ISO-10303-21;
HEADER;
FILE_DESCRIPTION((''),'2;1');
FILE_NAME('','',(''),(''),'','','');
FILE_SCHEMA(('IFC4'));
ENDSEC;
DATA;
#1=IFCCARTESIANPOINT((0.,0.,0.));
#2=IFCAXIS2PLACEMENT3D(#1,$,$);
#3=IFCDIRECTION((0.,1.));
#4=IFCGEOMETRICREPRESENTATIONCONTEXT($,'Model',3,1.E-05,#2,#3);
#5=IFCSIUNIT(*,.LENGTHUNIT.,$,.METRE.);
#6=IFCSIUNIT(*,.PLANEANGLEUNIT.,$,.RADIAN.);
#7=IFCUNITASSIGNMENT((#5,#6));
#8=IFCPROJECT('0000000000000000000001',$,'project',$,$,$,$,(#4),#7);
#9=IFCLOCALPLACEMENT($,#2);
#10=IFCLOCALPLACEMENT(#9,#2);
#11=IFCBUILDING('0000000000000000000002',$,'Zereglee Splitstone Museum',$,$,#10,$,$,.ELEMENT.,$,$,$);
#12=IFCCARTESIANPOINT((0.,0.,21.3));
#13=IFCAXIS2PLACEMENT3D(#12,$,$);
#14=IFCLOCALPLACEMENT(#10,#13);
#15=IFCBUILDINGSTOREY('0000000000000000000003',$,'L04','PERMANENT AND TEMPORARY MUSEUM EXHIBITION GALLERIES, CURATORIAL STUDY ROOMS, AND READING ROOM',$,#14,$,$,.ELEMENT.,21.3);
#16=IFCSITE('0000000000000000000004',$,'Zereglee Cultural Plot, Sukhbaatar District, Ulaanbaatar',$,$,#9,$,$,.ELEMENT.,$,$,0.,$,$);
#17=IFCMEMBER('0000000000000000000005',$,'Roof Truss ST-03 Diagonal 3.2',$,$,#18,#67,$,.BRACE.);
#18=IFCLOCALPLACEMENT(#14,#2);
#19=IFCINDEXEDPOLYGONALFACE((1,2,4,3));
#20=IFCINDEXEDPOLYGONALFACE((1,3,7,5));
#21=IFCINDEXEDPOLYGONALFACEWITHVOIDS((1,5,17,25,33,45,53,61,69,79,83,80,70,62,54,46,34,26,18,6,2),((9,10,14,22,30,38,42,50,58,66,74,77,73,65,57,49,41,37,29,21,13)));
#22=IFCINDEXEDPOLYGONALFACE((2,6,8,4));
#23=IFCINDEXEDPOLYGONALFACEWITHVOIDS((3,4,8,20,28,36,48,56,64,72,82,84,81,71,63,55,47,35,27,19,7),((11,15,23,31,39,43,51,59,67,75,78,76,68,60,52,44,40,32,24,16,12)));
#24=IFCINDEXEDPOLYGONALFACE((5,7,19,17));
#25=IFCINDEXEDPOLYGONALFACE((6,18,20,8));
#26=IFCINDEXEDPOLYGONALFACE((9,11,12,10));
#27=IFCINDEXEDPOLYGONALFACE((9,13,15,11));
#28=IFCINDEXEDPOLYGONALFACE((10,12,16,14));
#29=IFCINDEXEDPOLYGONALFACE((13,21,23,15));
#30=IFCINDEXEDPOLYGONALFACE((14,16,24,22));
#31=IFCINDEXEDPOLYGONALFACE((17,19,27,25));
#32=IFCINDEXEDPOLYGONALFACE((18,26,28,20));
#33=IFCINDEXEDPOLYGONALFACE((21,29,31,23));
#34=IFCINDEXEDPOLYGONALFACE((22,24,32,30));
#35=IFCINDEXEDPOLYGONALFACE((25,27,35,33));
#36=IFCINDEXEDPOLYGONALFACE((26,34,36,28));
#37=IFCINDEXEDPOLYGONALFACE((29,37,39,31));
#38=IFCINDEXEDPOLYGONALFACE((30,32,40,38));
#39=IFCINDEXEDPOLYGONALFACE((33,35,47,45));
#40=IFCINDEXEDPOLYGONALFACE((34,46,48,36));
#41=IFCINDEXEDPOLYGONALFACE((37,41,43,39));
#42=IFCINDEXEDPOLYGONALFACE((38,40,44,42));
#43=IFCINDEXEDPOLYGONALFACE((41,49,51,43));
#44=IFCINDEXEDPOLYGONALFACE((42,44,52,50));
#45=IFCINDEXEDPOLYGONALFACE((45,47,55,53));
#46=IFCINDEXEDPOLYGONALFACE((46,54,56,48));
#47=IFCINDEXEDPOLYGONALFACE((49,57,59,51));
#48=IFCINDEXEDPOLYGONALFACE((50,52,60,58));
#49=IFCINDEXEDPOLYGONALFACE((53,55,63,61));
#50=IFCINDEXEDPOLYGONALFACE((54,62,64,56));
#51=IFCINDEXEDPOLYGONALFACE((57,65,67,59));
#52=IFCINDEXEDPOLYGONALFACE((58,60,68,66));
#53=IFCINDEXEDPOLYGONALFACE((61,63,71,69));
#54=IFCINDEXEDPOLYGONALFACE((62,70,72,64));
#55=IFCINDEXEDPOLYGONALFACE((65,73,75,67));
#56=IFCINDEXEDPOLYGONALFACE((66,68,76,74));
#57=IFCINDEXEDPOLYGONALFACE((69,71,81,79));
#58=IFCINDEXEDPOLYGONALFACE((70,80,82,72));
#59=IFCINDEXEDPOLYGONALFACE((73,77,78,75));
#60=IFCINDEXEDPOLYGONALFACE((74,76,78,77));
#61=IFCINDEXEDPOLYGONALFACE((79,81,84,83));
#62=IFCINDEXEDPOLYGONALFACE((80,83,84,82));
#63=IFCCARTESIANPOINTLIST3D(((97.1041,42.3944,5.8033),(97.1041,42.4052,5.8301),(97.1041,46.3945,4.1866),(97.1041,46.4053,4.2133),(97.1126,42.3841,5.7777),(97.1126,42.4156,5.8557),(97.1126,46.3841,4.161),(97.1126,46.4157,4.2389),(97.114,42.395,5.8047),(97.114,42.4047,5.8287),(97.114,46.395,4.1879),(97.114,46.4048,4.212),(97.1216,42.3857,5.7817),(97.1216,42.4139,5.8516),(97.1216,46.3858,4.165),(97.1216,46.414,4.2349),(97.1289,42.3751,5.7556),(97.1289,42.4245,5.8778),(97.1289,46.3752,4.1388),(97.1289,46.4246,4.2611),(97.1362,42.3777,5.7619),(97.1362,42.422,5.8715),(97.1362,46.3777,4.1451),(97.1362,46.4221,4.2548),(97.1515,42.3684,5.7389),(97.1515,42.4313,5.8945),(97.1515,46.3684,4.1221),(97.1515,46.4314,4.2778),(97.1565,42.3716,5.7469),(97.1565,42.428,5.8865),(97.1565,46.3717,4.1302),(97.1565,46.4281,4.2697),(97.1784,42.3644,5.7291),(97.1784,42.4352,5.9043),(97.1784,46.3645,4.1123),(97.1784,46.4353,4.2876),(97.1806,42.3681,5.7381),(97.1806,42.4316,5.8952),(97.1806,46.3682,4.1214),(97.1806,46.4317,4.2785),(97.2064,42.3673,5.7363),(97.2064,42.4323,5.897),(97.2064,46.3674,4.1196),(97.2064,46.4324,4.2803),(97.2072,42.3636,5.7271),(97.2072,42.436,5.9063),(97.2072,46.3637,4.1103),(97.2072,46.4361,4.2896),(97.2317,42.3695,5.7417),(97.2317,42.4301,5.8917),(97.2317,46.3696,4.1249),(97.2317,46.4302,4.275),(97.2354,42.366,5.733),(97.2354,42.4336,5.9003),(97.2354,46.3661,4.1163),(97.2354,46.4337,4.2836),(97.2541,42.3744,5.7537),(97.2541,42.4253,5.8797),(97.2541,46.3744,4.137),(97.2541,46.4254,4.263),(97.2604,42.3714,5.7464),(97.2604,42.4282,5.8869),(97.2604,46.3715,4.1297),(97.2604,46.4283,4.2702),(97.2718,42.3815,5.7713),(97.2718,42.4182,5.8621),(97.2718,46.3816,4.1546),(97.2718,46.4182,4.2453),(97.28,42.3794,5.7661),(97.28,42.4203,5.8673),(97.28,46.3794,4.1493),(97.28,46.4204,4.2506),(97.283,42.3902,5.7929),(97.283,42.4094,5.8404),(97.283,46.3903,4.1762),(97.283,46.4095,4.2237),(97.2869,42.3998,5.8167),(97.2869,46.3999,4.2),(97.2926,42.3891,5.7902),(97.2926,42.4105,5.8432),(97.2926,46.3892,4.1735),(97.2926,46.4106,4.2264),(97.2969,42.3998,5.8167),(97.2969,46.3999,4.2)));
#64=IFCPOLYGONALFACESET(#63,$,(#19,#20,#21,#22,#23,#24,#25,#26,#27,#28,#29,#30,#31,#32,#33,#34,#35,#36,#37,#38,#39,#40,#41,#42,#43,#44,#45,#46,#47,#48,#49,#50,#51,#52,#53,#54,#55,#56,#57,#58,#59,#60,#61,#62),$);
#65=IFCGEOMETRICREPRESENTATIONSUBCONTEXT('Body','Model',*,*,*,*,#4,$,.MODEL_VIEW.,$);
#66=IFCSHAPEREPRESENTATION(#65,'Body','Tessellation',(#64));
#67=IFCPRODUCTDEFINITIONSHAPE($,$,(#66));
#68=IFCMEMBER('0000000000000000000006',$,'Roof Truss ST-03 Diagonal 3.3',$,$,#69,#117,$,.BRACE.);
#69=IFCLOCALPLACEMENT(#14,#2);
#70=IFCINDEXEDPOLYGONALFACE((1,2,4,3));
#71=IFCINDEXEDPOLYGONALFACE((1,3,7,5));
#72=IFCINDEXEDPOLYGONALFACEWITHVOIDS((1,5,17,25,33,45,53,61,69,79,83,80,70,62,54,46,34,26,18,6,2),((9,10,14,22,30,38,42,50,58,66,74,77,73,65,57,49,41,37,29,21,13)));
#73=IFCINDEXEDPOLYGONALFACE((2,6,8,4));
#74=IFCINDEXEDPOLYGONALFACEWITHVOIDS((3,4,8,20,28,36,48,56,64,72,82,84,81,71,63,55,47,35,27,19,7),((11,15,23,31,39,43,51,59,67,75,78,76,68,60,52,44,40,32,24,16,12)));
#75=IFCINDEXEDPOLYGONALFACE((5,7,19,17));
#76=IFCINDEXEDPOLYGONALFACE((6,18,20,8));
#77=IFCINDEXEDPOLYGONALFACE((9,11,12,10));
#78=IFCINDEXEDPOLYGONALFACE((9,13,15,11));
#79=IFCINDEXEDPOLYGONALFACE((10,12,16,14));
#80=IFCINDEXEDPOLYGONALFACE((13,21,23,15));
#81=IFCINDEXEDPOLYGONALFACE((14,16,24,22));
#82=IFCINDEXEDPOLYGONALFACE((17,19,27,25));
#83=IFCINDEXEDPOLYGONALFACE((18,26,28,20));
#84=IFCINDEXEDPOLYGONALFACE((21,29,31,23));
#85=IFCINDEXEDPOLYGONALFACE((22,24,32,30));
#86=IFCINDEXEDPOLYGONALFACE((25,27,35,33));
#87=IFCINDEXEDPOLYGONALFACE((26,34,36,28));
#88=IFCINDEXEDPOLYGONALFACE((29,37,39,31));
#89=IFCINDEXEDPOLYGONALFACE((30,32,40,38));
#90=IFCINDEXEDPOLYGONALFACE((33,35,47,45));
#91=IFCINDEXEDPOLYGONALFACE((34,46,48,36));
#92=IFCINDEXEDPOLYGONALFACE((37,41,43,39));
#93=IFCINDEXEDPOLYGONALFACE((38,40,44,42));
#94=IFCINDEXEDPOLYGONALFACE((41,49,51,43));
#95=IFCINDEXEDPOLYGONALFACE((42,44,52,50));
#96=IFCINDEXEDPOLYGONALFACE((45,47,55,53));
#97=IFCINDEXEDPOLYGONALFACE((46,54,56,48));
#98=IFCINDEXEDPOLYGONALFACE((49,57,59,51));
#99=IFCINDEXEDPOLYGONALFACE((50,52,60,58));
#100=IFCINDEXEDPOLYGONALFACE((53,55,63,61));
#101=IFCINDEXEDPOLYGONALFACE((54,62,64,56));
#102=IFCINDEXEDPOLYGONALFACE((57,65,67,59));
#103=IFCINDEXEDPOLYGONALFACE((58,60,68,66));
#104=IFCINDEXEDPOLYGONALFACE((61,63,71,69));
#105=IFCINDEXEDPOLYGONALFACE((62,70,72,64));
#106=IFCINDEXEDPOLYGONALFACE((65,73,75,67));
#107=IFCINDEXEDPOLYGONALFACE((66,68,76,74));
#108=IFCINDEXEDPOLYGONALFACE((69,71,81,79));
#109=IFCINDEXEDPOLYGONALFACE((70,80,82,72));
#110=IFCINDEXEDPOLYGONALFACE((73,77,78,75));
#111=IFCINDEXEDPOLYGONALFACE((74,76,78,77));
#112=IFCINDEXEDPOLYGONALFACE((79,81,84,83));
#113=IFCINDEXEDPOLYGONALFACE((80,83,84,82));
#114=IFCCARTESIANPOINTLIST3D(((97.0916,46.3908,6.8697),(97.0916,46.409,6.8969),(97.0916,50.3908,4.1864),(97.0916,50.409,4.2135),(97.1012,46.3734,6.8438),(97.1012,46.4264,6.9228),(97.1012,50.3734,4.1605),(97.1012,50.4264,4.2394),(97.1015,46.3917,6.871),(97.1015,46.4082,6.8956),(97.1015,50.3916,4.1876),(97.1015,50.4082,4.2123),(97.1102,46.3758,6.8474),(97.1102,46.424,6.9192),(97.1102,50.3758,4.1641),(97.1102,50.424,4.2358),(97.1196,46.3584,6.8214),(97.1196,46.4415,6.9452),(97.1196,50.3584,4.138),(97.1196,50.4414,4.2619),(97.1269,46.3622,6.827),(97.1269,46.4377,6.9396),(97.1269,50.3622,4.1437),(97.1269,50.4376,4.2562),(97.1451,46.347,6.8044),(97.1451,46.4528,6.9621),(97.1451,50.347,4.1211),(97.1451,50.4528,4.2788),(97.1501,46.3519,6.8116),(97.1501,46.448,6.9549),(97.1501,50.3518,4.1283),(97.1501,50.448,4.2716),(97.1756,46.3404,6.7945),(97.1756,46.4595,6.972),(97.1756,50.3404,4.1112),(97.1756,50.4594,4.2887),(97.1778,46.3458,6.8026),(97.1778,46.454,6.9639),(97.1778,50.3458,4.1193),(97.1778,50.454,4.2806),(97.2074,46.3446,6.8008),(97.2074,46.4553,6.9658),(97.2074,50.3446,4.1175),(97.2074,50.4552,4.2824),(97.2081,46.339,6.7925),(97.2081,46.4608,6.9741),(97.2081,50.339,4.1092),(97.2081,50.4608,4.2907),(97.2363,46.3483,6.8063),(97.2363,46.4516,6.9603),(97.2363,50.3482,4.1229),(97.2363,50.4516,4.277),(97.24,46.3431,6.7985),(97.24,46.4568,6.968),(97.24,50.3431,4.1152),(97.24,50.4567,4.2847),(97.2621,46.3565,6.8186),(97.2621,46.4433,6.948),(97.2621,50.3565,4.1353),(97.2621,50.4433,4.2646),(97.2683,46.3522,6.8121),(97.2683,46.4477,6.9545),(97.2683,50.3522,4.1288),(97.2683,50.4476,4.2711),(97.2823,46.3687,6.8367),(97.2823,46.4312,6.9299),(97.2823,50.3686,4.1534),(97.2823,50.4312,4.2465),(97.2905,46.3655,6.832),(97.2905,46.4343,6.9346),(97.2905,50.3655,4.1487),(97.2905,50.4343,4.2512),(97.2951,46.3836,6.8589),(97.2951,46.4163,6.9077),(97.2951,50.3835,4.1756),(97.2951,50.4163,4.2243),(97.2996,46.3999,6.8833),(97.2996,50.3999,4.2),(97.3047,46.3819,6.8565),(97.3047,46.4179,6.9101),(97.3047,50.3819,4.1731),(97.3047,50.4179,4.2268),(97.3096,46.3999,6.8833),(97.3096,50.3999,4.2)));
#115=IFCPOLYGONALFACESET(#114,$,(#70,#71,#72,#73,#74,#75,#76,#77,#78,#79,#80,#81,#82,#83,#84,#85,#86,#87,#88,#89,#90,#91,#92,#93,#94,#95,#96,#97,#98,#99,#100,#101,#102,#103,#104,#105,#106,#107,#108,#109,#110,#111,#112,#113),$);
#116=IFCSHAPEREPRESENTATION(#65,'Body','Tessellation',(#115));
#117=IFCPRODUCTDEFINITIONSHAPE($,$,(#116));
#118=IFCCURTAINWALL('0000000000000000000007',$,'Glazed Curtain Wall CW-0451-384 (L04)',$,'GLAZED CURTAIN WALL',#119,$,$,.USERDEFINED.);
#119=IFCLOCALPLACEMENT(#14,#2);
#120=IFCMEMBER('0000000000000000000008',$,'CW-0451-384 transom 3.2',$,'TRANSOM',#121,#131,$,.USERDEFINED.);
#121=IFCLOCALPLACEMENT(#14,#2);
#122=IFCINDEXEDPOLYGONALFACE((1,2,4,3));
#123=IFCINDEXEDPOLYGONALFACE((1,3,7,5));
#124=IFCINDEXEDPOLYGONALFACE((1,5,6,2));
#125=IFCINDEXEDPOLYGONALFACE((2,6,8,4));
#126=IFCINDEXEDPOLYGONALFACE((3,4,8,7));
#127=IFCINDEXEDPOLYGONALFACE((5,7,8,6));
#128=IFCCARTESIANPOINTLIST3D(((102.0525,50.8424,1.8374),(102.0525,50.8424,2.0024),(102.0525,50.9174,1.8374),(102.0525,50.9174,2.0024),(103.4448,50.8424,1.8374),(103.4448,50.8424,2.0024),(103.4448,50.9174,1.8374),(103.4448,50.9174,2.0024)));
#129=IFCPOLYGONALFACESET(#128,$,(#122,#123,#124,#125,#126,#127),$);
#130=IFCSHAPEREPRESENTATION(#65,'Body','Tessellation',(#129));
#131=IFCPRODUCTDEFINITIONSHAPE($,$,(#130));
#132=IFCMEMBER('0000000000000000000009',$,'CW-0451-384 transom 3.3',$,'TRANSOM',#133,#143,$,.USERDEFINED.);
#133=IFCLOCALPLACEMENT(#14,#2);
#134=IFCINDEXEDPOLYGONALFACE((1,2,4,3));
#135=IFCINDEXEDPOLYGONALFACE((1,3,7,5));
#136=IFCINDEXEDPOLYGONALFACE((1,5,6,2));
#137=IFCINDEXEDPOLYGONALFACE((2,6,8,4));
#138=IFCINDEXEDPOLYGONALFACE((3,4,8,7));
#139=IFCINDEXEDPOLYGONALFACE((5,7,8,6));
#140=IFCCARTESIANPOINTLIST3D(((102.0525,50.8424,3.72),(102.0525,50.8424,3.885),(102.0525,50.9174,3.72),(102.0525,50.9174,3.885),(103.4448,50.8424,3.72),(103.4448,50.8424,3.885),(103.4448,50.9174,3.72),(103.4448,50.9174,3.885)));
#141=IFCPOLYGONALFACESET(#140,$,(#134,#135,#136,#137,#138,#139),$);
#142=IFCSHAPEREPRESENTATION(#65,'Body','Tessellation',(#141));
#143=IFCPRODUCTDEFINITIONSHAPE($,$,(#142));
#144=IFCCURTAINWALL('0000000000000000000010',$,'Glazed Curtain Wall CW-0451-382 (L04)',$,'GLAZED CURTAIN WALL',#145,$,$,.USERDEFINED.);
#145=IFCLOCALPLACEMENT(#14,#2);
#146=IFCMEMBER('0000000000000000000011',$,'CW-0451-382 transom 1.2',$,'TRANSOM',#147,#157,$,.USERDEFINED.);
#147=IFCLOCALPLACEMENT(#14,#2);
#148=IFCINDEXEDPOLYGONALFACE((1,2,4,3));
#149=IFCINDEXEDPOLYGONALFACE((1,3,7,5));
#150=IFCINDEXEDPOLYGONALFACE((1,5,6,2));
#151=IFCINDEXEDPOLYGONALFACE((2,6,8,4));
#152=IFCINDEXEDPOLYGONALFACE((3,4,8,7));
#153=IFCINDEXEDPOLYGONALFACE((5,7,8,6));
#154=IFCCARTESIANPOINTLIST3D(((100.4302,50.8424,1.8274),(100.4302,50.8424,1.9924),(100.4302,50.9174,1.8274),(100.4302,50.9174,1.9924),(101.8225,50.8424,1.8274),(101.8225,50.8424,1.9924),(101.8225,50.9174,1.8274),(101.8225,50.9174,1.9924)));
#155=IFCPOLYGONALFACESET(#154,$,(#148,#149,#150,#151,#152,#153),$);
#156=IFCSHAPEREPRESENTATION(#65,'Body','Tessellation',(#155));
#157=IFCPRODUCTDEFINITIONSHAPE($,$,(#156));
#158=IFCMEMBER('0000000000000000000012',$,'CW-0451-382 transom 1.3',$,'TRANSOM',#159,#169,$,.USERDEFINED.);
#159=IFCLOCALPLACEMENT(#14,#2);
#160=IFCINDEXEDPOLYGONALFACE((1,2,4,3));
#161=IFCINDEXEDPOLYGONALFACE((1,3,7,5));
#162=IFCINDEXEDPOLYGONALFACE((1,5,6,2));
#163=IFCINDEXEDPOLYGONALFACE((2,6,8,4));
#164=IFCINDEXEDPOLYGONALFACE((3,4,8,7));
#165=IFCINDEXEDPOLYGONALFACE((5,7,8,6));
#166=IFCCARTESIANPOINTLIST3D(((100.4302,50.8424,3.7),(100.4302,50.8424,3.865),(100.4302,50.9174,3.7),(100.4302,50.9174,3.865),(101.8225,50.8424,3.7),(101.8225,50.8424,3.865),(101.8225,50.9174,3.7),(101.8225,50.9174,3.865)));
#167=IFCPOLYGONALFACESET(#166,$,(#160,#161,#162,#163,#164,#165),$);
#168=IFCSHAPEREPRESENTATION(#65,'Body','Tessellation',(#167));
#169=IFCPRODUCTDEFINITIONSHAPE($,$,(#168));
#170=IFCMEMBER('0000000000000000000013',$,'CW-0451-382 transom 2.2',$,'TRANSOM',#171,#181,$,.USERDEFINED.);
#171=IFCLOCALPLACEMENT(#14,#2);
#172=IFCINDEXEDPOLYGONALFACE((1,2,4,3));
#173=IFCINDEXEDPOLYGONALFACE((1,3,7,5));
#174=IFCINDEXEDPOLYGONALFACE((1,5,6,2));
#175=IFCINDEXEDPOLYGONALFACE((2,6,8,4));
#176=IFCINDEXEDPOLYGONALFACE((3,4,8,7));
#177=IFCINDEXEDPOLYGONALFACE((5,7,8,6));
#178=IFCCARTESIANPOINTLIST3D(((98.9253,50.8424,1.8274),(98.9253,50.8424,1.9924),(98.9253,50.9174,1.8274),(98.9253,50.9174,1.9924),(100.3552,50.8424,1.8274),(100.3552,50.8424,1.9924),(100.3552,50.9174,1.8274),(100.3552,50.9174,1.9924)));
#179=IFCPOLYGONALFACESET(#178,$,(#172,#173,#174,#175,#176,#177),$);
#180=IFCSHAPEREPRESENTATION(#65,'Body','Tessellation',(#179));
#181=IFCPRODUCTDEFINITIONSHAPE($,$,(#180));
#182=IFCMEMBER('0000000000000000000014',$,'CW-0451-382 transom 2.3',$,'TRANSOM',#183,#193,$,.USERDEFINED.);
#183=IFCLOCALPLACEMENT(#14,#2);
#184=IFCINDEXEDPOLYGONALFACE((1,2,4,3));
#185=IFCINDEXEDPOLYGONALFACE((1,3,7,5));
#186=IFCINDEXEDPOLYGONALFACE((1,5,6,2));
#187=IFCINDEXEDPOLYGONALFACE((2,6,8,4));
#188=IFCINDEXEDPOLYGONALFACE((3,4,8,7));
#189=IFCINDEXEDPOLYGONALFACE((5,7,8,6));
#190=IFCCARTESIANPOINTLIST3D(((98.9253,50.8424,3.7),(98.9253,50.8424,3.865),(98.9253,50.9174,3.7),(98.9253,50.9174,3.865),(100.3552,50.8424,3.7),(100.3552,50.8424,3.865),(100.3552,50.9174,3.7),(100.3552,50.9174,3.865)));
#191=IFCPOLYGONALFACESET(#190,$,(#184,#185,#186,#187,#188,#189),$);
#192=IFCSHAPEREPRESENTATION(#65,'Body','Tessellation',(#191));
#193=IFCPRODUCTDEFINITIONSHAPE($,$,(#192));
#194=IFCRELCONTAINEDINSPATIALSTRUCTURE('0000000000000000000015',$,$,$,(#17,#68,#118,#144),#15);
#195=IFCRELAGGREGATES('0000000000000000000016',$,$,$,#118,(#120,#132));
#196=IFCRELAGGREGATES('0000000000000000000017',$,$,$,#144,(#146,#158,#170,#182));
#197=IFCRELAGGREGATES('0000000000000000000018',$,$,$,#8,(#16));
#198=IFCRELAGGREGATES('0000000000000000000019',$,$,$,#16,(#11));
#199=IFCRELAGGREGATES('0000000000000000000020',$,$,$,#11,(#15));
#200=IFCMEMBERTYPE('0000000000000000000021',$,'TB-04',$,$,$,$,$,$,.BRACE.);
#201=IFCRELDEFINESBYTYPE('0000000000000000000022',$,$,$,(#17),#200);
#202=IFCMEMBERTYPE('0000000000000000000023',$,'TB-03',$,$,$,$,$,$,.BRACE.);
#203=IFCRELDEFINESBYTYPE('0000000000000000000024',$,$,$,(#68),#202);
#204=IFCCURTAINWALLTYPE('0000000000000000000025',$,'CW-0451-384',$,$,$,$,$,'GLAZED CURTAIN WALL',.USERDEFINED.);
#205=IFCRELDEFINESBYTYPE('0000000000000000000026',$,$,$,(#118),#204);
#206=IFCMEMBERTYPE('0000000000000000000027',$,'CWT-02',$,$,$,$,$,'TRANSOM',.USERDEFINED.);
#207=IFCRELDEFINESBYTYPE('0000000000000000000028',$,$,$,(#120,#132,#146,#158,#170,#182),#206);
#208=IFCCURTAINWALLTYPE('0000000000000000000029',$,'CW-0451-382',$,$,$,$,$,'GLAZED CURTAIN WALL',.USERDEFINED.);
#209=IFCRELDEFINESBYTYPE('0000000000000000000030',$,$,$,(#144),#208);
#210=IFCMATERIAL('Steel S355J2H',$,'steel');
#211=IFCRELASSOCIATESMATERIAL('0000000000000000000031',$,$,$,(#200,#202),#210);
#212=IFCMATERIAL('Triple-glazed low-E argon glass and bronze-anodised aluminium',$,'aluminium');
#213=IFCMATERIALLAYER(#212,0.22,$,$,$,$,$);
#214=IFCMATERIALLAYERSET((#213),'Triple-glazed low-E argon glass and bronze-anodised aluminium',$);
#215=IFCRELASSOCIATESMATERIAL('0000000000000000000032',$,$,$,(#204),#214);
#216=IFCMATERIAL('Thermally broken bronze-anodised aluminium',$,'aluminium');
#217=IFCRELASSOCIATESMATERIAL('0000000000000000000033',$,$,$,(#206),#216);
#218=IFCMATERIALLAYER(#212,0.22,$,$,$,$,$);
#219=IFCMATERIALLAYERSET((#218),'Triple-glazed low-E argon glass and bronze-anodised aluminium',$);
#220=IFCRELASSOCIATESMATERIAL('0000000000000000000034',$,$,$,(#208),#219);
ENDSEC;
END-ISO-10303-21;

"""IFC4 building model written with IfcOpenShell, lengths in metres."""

from ifc_helpers import new_model, si_unit, direction, frame, origin, origin_2d, place, context, subcontext, project, spatial, rectangle, hollow_circle, extrude, material, layer, layer_set, material_profile, profile_set, type_object, element, aggregate, save


model = new_model("IFC4")

# Units and contexts
model_context = context("Model", 3, precision=1e-05, world=origin(), true_north=direction((0.0, 1.0)))
body_context = subcontext(model_context, "Body", "Model", "MODEL_VIEW")
ifc_project = project(units=[si_unit("LENGTHUNIT", "METRE"), si_unit("PLANEANGLEUNIT", "RADIAN")], contexts=[model_context])

# Site, building, storey
site_placement = place(None, origin())
site = spatial("IfcSite", under=ifc_project, at=site_placement, Name="Zereglee Cultural Plot, Sukhbaatar District, Ulaanbaatar", CompositionType="ELEMENT", RefElevation=0.0)
building_placement = place(site_placement, origin())
building = spatial("IfcBuilding", under=site, at=building_placement, Name="Zereglee Splitstone Museum", CompositionType="ELEMENT")
storey_placement = place(building_placement, frame((0.0, 0.0, 21.3)))
storey = spatial("IfcBuildingStorey", under=building, at=storey_placement, Name="L04", Description="PERMANENT AND TEMPORARY MUSEUM EXHIBITION GALLERIES, CURATORIAL STUDY ROOMS, AND READING ROOM", CompositionType="ELEMENT", Elevation=21.3)

# Members
ifc_material_1 = material(Name="Steel S355J2H", Category="steel")
ifc_material_profile_1 = material_profile(ifc_material_1, hollow_circle(Radius=0.0969, WallThickness=0.01, at=origin_2d()), Name="CHS 193.7x10")
ifc_profile_set_1 = profile_set([ifc_material_profile_1], Name="Steel S355J2H")
member_type_1 = type_object("IfcMemberType", Name="TB-04", PredefinedType="BRACE", material=ifc_profile_set_1)
member_1_placement = place(storey_placement, frame((97.2, 46.3999, 4.2), z_axis=(0.0, -0.927136, 0.374725), x_axis=(1.0, 0.0, 0.0)))
element("IfcMember", 1, at=member_1_placement, inside=storey, type_object=member_type_1, Name="Roof Truss ST-03 Diagonal 3.2", PredefinedType="BRACE", context=body_context, shape_type="SweptSolid", body=[
    extrude(hollow_circle(Radius=0.0969, WallThickness=0.01, at=origin_2d()), origin(), (0.0, 0.0, 1.0), 4.3145),
])
ifc_material_profile_2 = material_profile(ifc_material_1, hollow_circle(Radius=0.1096, WallThickness=0.01, at=origin_2d()), Name="CHS 219.1x10")
ifc_profile_set_2 = profile_set([ifc_material_profile_2], Name="Steel S355J2H")
member_type_2 = type_object("IfcMemberType", Name="TB-03", PredefinedType="BRACE", material=ifc_profile_set_2)
member_2_placement = place(storey_placement, frame((97.2, 50.3999, 4.2), z_axis=(0.0, -0.830448, 0.557096), x_axis=(1.0, 0.0, 0.0)))
element("IfcMember", 2, at=member_2_placement, inside=storey, type_object=member_type_2, Name="Roof Truss ST-03 Diagonal 3.3", PredefinedType="BRACE", context=body_context, shape_type="SweptSolid", body=[
    extrude(hollow_circle(Radius=0.1096, WallThickness=0.01, at=origin_2d()), origin(), (0.0, 0.0, 1.0), 4.8167),
])

# Curtain walls, members
ifc_material_2 = material(Name="Triple-glazed low-E argon glass and bronze-anodised aluminium", Category="aluminium")
ifc_layer_1 = layer(ifc_material_2, 0.22)
ifc_layer_set_1 = layer_set([ifc_layer_1], Name="Triple-glazed low-E argon glass and bronze-anodised aluminium")
curtain_wall_type_1 = type_object("IfcCurtainWallType", Name="CW-0451-384", ElementType="GLAZED CURTAIN WALL", PredefinedType="USERDEFINED", material=ifc_layer_set_1)
curtain_wall_1_placement = place(storey_placement, origin())
curtain_wall_1 = element("IfcCurtainWall", 3, at=curtain_wall_1_placement, inside=storey, type_object=curtain_wall_type_1, Name="Glazed Curtain Wall CW-0451-384 (L04)", ObjectType="GLAZED CURTAIN WALL", PredefinedType="USERDEFINED")
ifc_material_3 = material(Name="Thermally broken bronze-anodised aluminium", Category="aluminium")
ifc_material_profile_3 = material_profile(ifc_material_3, rectangle(XDim=0.075, YDim=0.165, at=origin_2d()), Name="CW TRAN 75x165")
ifc_profile_set_3 = profile_set([ifc_material_profile_3], Name="Thermally broken bronze-anodised aluminium")
member_type_3 = type_object("IfcMemberType", Name="CWT-02", ElementType="TRANSOM", PredefinedType="USERDEFINED", material=ifc_profile_set_3)
member_3_placement = place(storey_placement, frame((103.4448, 50.8799, 1.9199), z_axis=(-1.0, 0.0, 0.0), x_axis=(0.0, -1.0, 0.0)))
member_3 = element("IfcMember", 4, at=member_3_placement, type_object=member_type_3, Name="CW-0451-384 transom 3.2", ObjectType="TRANSOM", PredefinedType="USERDEFINED", context=body_context, shape_type="SweptSolid", body=[
    extrude(rectangle(XDim=0.075, YDim=0.165, at=origin_2d()), origin(), (0.0, 0.0, 1.0), 1.3923),
])
member_4_placement = place(storey_placement, frame((103.4448, 50.8799, 3.8025), z_axis=(-1.0, 0.0, 0.0), x_axis=(0.0, -1.0, 0.0)))
member_4 = element("IfcMember", 5, at=member_4_placement, type_object=member_type_3, Name="CW-0451-384 transom 3.3", ObjectType="TRANSOM", PredefinedType="USERDEFINED", context=body_context, shape_type="SweptSolid", body=[
    extrude(rectangle(XDim=0.075, YDim=0.165, at=origin_2d()), origin(), (0.0, 0.0, 1.0), 1.3923),
])
ifc_layer_2 = layer(ifc_material_2, 0.22)
ifc_layer_set_2 = layer_set([ifc_layer_2], Name="Triple-glazed low-E argon glass and bronze-anodised aluminium")
curtain_wall_type_2 = type_object("IfcCurtainWallType", Name="CW-0451-382", ElementType="GLAZED CURTAIN WALL", PredefinedType="USERDEFINED", material=ifc_layer_set_2)
curtain_wall_2_placement = place(storey_placement, origin())
curtain_wall_2 = element("IfcCurtainWall", 6, at=curtain_wall_2_placement, inside=storey, type_object=curtain_wall_type_2, Name="Glazed Curtain Wall CW-0451-382 (L04)", ObjectType="GLAZED CURTAIN WALL", PredefinedType="USERDEFINED")
member_5_placement = place(storey_placement, frame((101.8225, 50.8799, 1.9099), z_axis=(-1.0, 0.0, 0.0), x_axis=(0.0, -1.0, 0.0)))
member_5 = element("IfcMember", 7, at=member_5_placement, type_object=member_type_3, Name="CW-0451-382 transom 1.2", ObjectType="TRANSOM", PredefinedType="USERDEFINED", context=body_context, shape_type="SweptSolid", body=[
    extrude(rectangle(XDim=0.075, YDim=0.165, at=origin_2d()), origin(), (0.0, 0.0, 1.0), 1.3923),
])
member_6_placement = place(storey_placement, frame((101.8225, 50.8799, 3.7825), z_axis=(-1.0, 0.0, 0.0), x_axis=(0.0, -1.0, 0.0)))
member_6 = element("IfcMember", 8, at=member_6_placement, type_object=member_type_3, Name="CW-0451-382 transom 1.3", ObjectType="TRANSOM", PredefinedType="USERDEFINED", context=body_context, shape_type="SweptSolid", body=[
    extrude(rectangle(XDim=0.075, YDim=0.165, at=origin_2d()), origin(), (0.0, 0.0, 1.0), 1.3923),
])
member_7_placement = place(storey_placement, frame((100.3552, 50.8799, 1.9099), z_axis=(-1.0, 0.0, 0.0), x_axis=(0.0, -1.0, 0.0)))
member_7 = element("IfcMember", 9, at=member_7_placement, type_object=member_type_3, Name="CW-0451-382 transom 2.2", ObjectType="TRANSOM", PredefinedType="USERDEFINED", context=body_context, shape_type="SweptSolid", body=[
    extrude(rectangle(XDim=0.075, YDim=0.165, at=origin_2d()), origin(), (0.0, 0.0, 1.0), 1.4299),
])
member_8_placement = place(storey_placement, frame((100.3552, 50.8799, 3.7825), z_axis=(-1.0, 0.0, 0.0), x_axis=(0.0, -1.0, 0.0)))
member_8 = element("IfcMember", 10, at=member_8_placement, type_object=member_type_3, Name="CW-0451-382 transom 2.3", ObjectType="TRANSOM", PredefinedType="USERDEFINED", context=body_context, shape_type="SweptSolid", body=[
    extrude(rectangle(XDim=0.075, YDim=0.165, at=origin_2d()), origin(), (0.0, 0.0, 1.0), 1.4299),
])

aggregate(curtain_wall_1, [member_3, member_4])
aggregate(curtain_wall_2, [member_5, member_6, member_7, member_8])

save(model, "model.ifc")
